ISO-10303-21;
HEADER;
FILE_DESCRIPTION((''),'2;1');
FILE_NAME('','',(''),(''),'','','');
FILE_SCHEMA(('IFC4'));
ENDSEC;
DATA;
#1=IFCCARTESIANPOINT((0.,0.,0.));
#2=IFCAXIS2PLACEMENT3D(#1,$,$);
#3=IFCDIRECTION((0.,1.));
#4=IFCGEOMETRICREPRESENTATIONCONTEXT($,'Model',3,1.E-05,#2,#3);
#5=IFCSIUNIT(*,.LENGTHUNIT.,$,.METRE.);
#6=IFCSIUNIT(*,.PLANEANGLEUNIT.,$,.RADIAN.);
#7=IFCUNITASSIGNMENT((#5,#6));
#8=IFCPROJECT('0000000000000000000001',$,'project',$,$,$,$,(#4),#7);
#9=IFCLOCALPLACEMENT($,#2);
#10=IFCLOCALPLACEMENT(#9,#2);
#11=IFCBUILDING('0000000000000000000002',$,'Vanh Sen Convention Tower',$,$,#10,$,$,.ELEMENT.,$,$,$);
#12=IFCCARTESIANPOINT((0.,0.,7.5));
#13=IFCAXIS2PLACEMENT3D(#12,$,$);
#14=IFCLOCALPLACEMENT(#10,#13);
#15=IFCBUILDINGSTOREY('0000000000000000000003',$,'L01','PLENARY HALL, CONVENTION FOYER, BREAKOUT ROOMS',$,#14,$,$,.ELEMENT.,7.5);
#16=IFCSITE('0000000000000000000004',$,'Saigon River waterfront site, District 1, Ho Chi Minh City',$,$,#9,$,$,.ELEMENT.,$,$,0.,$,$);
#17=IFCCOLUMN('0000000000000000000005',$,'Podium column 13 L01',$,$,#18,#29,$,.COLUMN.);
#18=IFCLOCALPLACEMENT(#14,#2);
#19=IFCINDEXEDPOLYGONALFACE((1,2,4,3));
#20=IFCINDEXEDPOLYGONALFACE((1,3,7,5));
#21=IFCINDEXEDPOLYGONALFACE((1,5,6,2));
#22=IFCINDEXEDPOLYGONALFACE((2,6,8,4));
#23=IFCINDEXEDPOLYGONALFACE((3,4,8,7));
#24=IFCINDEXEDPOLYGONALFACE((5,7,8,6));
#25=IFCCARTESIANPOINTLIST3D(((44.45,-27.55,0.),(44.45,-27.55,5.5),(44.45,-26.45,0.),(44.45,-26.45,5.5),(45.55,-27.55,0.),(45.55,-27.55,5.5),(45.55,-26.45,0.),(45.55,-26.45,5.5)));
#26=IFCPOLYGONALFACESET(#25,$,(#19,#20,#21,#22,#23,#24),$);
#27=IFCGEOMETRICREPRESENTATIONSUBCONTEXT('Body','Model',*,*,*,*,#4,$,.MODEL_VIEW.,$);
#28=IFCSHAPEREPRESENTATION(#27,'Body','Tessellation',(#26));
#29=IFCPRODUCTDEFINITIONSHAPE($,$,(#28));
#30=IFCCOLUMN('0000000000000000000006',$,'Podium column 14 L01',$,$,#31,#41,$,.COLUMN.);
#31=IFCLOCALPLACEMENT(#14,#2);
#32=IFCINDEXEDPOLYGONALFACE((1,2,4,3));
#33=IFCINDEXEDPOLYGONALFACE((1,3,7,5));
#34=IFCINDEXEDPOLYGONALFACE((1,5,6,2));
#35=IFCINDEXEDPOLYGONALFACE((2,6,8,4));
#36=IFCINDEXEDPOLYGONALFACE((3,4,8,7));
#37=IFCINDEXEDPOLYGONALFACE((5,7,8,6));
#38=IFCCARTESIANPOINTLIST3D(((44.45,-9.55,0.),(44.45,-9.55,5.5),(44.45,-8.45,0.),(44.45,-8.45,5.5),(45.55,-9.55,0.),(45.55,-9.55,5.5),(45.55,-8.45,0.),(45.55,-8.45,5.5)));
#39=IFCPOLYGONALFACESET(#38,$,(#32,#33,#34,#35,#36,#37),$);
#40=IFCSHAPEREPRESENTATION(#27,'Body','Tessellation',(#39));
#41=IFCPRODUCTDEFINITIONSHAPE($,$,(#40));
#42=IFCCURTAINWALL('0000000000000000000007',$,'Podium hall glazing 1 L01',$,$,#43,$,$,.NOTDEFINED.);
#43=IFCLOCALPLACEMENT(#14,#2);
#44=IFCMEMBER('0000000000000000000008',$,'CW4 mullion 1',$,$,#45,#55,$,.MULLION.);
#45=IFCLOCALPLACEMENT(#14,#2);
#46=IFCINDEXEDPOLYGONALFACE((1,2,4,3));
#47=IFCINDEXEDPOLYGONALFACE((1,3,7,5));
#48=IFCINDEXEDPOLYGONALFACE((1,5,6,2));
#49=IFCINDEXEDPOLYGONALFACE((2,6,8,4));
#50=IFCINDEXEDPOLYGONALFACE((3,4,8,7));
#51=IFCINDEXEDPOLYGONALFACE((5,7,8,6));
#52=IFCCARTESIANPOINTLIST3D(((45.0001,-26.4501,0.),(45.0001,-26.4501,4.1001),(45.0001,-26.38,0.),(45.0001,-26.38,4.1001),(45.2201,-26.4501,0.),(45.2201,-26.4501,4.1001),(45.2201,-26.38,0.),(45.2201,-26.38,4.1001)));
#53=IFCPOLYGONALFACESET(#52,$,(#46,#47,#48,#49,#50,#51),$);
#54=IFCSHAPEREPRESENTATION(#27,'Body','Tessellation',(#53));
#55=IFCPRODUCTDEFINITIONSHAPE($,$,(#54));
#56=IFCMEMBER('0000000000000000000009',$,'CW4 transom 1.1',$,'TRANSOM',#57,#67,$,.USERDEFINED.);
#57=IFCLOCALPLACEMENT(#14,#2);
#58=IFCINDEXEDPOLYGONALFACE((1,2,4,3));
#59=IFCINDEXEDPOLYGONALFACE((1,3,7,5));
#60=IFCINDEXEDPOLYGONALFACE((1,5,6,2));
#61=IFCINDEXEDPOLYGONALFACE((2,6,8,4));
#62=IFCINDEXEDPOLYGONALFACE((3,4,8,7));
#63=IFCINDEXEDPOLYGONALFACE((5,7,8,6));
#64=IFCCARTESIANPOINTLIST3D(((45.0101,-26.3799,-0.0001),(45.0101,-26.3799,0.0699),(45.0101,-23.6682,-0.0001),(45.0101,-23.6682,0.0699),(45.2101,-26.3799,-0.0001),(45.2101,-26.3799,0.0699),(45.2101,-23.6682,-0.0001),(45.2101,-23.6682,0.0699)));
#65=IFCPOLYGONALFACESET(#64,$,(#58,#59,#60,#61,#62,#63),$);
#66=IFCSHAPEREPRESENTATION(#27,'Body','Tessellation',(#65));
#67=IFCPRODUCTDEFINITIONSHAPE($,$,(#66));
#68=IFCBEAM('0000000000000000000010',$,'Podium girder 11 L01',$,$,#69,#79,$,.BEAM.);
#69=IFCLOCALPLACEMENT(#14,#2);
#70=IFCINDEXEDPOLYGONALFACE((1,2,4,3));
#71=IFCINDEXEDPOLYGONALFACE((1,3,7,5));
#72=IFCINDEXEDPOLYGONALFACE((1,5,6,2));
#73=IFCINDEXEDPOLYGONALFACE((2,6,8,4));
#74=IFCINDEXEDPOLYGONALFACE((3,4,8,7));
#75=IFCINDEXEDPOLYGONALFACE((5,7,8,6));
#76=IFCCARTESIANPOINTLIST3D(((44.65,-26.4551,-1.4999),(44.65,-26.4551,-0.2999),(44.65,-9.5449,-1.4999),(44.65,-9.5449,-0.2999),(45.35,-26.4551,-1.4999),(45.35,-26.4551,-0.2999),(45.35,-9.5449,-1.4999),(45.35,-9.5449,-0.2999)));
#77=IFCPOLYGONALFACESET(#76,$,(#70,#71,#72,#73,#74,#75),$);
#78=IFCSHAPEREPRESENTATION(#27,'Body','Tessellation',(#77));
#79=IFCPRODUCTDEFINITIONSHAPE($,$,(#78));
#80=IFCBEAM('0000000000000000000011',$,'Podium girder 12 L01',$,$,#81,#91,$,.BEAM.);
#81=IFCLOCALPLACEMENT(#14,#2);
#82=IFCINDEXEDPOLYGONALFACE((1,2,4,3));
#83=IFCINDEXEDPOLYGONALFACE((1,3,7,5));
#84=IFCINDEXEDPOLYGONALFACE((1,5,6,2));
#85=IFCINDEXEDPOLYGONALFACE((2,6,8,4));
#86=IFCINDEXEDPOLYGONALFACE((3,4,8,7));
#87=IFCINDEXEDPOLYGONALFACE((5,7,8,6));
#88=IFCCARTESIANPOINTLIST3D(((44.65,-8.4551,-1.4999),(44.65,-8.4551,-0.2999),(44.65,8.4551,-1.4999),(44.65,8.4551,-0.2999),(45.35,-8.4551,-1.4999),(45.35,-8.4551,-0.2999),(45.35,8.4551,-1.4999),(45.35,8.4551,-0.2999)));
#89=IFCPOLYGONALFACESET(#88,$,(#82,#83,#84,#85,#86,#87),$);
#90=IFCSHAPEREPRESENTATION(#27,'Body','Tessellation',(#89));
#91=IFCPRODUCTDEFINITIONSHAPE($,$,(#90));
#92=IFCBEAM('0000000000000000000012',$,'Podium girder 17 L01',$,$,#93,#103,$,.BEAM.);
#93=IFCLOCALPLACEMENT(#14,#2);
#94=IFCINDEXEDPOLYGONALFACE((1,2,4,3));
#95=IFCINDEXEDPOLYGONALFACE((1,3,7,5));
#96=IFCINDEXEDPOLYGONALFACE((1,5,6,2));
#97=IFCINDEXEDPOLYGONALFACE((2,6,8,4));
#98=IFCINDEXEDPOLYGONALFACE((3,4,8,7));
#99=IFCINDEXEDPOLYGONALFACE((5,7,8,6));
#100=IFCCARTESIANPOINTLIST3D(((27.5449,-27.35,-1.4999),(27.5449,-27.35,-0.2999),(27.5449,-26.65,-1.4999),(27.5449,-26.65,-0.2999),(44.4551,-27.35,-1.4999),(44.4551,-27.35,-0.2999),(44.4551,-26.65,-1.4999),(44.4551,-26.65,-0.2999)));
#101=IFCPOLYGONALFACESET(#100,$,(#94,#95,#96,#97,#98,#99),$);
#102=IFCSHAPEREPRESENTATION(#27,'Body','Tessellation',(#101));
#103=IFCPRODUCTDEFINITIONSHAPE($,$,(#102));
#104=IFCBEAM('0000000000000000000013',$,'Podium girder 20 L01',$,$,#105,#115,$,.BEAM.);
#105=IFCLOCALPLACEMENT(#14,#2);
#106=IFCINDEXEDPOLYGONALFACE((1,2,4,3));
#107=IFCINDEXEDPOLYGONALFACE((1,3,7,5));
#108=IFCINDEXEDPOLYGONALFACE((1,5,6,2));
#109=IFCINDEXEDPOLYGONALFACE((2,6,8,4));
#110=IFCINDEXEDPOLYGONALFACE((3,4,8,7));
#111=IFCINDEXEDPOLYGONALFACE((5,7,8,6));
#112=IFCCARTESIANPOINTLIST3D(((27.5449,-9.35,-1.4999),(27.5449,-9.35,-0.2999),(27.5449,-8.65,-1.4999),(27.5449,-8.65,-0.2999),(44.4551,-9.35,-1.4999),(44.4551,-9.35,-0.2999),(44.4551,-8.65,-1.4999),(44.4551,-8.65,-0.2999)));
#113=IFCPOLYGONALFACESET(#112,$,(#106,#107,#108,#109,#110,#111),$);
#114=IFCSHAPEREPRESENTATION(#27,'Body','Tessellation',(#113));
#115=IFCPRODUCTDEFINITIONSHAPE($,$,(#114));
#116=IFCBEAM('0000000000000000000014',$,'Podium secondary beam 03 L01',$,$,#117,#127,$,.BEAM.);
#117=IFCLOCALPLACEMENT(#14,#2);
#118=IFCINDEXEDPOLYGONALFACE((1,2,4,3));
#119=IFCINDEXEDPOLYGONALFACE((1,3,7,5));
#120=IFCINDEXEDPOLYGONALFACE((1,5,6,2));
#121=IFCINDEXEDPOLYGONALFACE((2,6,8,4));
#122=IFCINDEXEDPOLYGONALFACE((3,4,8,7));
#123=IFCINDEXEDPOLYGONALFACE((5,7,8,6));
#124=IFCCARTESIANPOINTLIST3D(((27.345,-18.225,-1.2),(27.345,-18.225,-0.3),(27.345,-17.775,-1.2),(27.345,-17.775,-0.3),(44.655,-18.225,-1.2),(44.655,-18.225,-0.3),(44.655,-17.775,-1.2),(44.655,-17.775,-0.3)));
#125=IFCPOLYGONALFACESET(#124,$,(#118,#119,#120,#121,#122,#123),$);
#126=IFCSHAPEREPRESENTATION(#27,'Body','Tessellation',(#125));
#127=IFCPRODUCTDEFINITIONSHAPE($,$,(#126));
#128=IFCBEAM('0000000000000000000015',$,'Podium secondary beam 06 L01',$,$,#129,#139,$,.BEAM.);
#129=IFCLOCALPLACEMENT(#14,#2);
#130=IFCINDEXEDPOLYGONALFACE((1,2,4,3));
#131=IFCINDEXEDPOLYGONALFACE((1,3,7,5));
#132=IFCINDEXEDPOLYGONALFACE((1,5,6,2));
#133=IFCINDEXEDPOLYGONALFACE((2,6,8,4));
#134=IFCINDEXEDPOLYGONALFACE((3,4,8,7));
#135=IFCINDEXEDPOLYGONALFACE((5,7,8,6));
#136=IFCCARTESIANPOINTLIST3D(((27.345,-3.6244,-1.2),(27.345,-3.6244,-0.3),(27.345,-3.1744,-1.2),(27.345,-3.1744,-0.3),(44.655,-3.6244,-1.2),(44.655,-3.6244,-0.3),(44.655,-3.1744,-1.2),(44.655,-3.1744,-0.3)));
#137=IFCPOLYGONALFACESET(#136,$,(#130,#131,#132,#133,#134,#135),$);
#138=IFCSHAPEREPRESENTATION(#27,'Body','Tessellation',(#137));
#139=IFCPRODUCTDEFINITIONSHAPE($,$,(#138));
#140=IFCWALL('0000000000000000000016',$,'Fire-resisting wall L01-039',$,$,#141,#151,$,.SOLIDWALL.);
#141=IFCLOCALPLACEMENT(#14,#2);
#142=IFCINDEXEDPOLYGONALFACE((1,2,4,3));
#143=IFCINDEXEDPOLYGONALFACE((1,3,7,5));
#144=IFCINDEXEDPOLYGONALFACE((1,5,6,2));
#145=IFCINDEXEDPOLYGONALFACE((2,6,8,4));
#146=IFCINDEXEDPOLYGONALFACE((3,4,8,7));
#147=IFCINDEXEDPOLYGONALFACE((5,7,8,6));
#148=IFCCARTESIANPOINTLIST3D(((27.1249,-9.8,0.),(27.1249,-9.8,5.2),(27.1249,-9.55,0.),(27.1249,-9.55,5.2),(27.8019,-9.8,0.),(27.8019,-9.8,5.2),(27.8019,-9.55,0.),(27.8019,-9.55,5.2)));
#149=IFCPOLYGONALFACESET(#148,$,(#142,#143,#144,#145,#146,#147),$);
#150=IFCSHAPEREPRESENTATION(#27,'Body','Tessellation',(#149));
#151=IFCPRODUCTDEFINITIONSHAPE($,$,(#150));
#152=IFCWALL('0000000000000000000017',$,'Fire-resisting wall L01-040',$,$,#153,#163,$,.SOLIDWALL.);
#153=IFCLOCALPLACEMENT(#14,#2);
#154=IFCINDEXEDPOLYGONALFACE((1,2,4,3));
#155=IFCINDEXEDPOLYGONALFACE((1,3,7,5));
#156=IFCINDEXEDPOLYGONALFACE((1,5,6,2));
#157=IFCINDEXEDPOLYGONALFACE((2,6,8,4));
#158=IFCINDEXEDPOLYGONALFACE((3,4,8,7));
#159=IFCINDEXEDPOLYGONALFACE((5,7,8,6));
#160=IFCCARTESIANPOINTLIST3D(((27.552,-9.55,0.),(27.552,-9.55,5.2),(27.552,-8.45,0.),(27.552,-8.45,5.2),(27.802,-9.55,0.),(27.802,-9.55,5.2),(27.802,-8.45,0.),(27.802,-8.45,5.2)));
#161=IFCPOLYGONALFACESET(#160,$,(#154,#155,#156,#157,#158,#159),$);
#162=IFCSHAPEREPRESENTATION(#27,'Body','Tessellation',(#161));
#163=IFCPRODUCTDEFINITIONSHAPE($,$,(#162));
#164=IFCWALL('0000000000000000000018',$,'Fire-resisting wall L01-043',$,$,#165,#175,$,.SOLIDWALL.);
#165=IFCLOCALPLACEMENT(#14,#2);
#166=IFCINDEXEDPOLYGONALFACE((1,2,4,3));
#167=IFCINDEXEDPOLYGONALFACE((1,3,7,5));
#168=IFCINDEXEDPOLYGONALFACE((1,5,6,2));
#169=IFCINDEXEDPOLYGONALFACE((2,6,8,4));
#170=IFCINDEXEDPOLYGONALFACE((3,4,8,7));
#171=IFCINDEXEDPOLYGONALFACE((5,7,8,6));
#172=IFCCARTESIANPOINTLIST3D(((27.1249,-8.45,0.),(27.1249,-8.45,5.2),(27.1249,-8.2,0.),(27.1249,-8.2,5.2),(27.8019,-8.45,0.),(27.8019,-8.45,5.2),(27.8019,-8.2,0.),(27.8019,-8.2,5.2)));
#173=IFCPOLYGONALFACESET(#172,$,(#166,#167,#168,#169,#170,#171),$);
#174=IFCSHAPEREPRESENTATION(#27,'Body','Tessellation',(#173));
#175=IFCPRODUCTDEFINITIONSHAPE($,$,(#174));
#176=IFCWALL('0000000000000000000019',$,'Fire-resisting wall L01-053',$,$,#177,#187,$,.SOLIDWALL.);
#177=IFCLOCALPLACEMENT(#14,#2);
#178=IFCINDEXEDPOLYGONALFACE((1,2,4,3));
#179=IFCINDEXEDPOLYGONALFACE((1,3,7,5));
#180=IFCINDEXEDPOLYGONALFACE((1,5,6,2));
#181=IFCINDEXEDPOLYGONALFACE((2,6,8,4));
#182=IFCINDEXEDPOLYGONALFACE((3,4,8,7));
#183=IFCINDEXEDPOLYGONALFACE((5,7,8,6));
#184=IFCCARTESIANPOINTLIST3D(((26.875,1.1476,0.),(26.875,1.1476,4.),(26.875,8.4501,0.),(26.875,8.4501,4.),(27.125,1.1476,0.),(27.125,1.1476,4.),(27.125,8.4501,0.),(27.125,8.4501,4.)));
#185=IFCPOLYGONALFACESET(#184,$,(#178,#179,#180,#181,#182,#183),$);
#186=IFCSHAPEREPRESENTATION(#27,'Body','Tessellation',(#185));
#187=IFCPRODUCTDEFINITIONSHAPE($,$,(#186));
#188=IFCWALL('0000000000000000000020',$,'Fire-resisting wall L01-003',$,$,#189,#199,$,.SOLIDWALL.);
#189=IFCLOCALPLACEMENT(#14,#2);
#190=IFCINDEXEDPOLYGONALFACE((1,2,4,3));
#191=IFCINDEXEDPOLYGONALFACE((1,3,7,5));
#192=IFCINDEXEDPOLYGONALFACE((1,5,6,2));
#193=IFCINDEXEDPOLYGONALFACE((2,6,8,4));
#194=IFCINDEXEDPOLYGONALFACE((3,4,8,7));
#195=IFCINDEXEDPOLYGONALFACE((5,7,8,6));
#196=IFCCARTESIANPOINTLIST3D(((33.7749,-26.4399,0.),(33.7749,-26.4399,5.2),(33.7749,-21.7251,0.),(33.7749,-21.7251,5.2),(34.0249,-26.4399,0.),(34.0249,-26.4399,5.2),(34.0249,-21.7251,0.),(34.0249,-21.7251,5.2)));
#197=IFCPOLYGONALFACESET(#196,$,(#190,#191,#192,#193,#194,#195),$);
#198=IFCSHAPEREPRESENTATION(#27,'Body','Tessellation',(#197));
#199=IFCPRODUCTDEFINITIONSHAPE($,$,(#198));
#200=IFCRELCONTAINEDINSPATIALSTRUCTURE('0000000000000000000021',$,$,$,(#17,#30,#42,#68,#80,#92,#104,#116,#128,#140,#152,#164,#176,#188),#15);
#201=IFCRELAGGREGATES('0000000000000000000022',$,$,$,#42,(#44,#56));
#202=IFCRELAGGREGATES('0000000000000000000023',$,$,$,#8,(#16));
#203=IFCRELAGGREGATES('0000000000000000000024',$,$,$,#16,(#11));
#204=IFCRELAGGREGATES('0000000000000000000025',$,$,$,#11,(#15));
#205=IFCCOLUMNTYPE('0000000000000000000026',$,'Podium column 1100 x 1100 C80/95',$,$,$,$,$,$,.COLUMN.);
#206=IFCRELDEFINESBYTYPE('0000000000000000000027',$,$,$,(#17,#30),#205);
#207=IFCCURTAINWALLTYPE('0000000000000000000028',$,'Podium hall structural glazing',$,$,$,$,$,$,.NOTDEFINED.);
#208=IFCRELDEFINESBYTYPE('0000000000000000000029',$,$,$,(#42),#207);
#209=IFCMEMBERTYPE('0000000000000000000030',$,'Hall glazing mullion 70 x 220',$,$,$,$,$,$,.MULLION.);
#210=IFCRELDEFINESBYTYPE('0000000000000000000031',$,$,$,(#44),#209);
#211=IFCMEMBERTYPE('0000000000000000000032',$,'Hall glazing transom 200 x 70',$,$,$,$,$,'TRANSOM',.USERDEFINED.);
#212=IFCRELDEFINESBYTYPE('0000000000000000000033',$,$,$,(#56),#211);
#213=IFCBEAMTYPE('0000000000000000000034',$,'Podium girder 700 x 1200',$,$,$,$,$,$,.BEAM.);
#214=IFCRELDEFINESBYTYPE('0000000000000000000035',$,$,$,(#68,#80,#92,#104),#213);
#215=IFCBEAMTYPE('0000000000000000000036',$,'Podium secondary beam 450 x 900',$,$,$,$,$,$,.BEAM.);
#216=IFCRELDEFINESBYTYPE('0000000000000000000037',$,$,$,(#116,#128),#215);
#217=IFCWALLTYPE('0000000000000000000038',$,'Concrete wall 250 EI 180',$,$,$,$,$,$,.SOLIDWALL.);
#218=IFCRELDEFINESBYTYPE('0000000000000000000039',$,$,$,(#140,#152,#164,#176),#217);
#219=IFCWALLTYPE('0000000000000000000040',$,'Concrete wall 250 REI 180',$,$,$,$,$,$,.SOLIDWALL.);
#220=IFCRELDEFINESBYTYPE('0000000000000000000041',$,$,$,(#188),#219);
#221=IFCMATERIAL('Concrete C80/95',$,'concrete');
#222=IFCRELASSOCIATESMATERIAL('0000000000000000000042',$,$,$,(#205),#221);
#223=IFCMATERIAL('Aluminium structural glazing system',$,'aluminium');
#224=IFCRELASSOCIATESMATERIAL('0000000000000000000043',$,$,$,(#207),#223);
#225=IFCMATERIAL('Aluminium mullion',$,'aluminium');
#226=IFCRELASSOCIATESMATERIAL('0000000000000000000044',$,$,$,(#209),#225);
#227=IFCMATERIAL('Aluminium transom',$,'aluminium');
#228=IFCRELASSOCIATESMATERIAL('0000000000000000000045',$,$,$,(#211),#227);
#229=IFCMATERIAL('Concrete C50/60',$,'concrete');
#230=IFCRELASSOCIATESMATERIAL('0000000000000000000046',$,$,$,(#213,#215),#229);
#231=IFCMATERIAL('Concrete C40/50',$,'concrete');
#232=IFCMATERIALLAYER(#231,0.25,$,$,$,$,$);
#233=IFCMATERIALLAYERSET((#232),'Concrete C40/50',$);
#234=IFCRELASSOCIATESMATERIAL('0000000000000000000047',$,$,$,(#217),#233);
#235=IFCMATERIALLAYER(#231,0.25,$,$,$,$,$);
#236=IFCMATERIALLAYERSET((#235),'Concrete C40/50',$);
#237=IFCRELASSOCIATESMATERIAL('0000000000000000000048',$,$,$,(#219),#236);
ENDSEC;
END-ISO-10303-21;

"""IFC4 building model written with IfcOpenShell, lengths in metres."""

from ifc_helpers import new_model, si_unit, direction, frame, frame_2d, origin, origin_2d, place, context, subcontext, project, spatial, rectangle, extrude, material, layer, layer_set, material_profile, profile_set, type_object, element, aggregate, save


model = new_model("IFC4")

# Units and contexts
model_context = context("Model", 3, precision=1e-05, world=origin(), true_north=direction((0.0, 1.0)))
body_context = subcontext(model_context, "Body", "Model", "MODEL_VIEW")
ifc_project = project(units=[si_unit("LENGTHUNIT", "METRE"), si_unit("PLANEANGLEUNIT", "RADIAN")], contexts=[model_context])

# Site, building, storey
site_placement = place(None, origin())
site = spatial("IfcSite", under=ifc_project, at=site_placement, Name="Saigon River waterfront site, District 1, Ho Chi Minh City", CompositionType="ELEMENT", RefElevation=0.0)
building_placement = place(site_placement, origin())
building = spatial("IfcBuilding", under=site, at=building_placement, Name="Vanh Sen Convention Tower", CompositionType="ELEMENT")
storey_placement = place(building_placement, frame((0.0, 0.0, 7.5)))
storey = spatial("IfcBuildingStorey", under=building, at=storey_placement, Name="L01", Description="PLENARY HALL, CONVENTION FOYER, BREAKOUT ROOMS", CompositionType="ELEMENT", Elevation=7.5)

# Columns
ifc_material_1 = material(Name="Concrete C80/95", Category="concrete")
ifc_material_profile_1 = material_profile(ifc_material_1, rectangle(XDim=1.1001, YDim=1.1001, at=origin_2d()), Name="RC 1100X1100")
ifc_profile_set_1 = profile_set([ifc_material_profile_1], Name="Concrete C80/95")
column_type = type_object("IfcColumnType", Name="Podium column 1100 x 1100 C80/95", PredefinedType="COLUMN", material=ifc_profile_set_1)
for number, where, z_axis, x_axis, name in (
    (1, (45.0, -27.0, 0.0), (0.0, 0.0, 1.0), (1.0, 0.0, 0.0), "Podium column 13 L01"),
    (2, (45.0, -9.0, 0.0), (0.0, 0.0, 1.0), (1.0, 0.0, 0.0), "Podium column 14 L01"),
):
    element("IfcColumn", number, at=place(storey_placement, frame(where, z_axis=z_axis, x_axis=x_axis)), inside=storey, type_object=column_type, Name=name, PredefinedType="COLUMN", context=body_context, shape_type="SweptSolid", body=[
        extrude(rectangle(XDim=1.1001, YDim=1.1001, at=origin_2d()), origin(), (0.0, 0.0, 1.0), 5.5),
    ])

# Curtain wall, members
ifc_material_2 = material(Name="Aluminium structural glazing system", Category="aluminium")
curtain_wall_type = type_object("IfcCurtainWallType", Name="Podium hall structural glazing", PredefinedType="NOTDEFINED", material=ifc_material_2)
curtain_wall_placement = place(storey_placement, origin())
curtain_wall = element("IfcCurtainWall", 3, at=curtain_wall_placement, inside=storey, type_object=curtain_wall_type, Name="Podium hall glazing 1 L01", PredefinedType="NOTDEFINED")
ifc_material_3 = material(Name="Aluminium mullion", Category="aluminium")
ifc_material_profile_2 = material_profile(ifc_material_3, rectangle(XDim=0.22, YDim=0.0701, at=origin_2d()), Name="Hall glazing mullion 70 x 220")
ifc_profile_set_2 = profile_set([ifc_material_profile_2], Name="Aluminium mullion")
member_type_1 = type_object("IfcMemberType", Name="Hall glazing mullion 70 x 220", PredefinedType="MULLION", material=ifc_profile_set_2)
member_1_placement = place(storey_placement, frame((45.1101, -26.415, 0.0), z_axis=(0.0, 0.0, 1.0), x_axis=(-1.0, 0.0, 0.0)))
member_1 = element("IfcMember", 4, at=member_1_placement, type_object=member_type_1, Name="CW4 mullion 1", PredefinedType="MULLION", context=body_context, shape_type="SweptSolid", body=[
    extrude(rectangle(XDim=0.22, YDim=0.0701, at=origin_2d()), origin(), (0.0, 0.0, 1.0), 4.1001),
])
ifc_material_4 = material(Name="Aluminium transom", Category="aluminium")
ifc_material_profile_3 = material_profile(ifc_material_4, rectangle(XDim=0.2, YDim=0.0701, at=origin_2d()), Name="Hall glazing transom 200 x 70")
ifc_profile_set_3 = profile_set([ifc_material_profile_3], Name="Aluminium transom")
member_type_2 = type_object("IfcMemberType", Name="Hall glazing transom 200 x 70", ElementType="TRANSOM", PredefinedType="USERDEFINED", material=ifc_profile_set_3)
member_2_placement = place(storey_placement, frame((45.1101, -26.3799, 0.0349), z_axis=(0.0, 1.0, 0.0), x_axis=(-1.0, 0.0, 0.0)))
member_2 = element("IfcMember", 5, at=member_2_placement, type_object=member_type_2, Name="CW4 transom 1.1", ObjectType="TRANSOM", PredefinedType="USERDEFINED", context=body_context, shape_type="SweptSolid", body=[
    extrude(rectangle(XDim=0.2, YDim=0.0701, at=origin_2d()), origin(), (0.0, 0.0, 1.0), 2.7117),
])
aggregate(curtain_wall, [member_1, member_2])

# Beams
ifc_material_5 = material(Name="Concrete C50/60", Category="concrete")
ifc_material_profile_4 = material_profile(ifc_material_5, rectangle(XDim=0.7, YDim=1.2, at=origin_2d()), Name="RC 700X1200")
ifc_profile_set_4 = profile_set([ifc_material_profile_4], Name="Concrete C50/60")
beam_type_1 = type_object("IfcBeamType", Name="Podium girder 700 x 1200", PredefinedType="BEAM", material=ifc_profile_set_4)
for number, where, z_axis, x_axis, name in (
    (6, (45.0, -26.4551, -0.8999), (0.0, 1.0, 0.0), (-1.0, 0.0, 0.0), "Podium girder 11 L01"),
    (7, (45.0, -8.4551, -0.8999), (0.0, 1.0, 0.0), (-1.0, 0.0, 0.0), "Podium girder 12 L01"),
    (8, (27.5449, -27.0, -0.8999), (1.0, 0.0, 0.0), (0.0, 1.0, 0.0), "Podium girder 17 L01"),
    (9, (27.5449, -9.0, -0.8999), (1.0, 0.0, 0.0), (0.0, 1.0, 0.0), "Podium girder 20 L01"),
):
    element("IfcBeam", number, at=place(storey_placement, frame(where, z_axis=z_axis, x_axis=x_axis)), inside=storey, type_object=beam_type_1, Name=name, PredefinedType="BEAM", context=body_context, shape_type="SweptSolid", body=[
        extrude(rectangle(XDim=0.7, YDim=1.2, at=origin_2d()), origin(), (0.0, 0.0, 1.0), 16.9102),
    ])
ifc_material_profile_5 = material_profile(ifc_material_5, rectangle(XDim=0.45, YDim=0.8999, at=origin_2d()), Name="RC 450X900")
ifc_profile_set_5 = profile_set([ifc_material_profile_5], Name="Concrete C50/60")
beam_type_2 = type_object("IfcBeamType", Name="Podium secondary beam 450 x 900", PredefinedType="BEAM", material=ifc_profile_set_5)
for number, where, z_axis, x_axis, name in (
    (10, (27.345, -18.0, -0.75), (1.0, 0.0, 0.0), (0.0, 1.0, 0.0), "Podium secondary beam 03 L01"),
    (11, (27.345, -3.3994, -0.75), (1.0, 0.0, 0.0), (0.0, 1.0, 0.0), "Podium secondary beam 06 L01"),
):
    element("IfcBeam", number, at=place(storey_placement, frame(where, z_axis=z_axis, x_axis=x_axis)), inside=storey, type_object=beam_type_2, Name=name, PredefinedType="BEAM", context=body_context, shape_type="SweptSolid", body=[
        extrude(rectangle(XDim=0.45, YDim=0.8999, at=origin_2d()), origin(), (0.0, 0.0, 1.0), 17.3101),
    ])

# Walls
ifc_material_6 = material(Name="Concrete C40/50", Category="concrete")
ifc_layer_1 = layer(ifc_material_6, 0.25)
ifc_layer_set_1 = layer_set([ifc_layer_1], Name="Concrete C40/50")
wall_type_1 = type_object("IfcWallType", Name="Concrete wall 250 EI 180", PredefinedType="SOLIDWALL", material=ifc_layer_set_1)
wall_1_placement = place(storey_placement, frame((27.125, -9.675, 0.0), z_axis=(0.0, 0.0, 1.0), x_axis=(1.0, 0.0, 0.0)))
element("IfcWall", 12, at=wall_1_placement, inside=storey, type_object=wall_type_1, Name="Fire-resisting wall L01-039", PredefinedType="SOLIDWALL", context=body_context, shape_type="SweptSolid", body=[
    extrude(rectangle(XDim=0.677, YDim=0.25, at=frame_2d((0.3384, 0.0))), origin(), (0.0, 0.0, 1.0), 5.2),
])
wall_2_placement = place(storey_placement, frame((27.677, -9.55, 0.0), z_axis=(0.0, 0.0, 1.0), x_axis=(0.0, 1.0, 0.0)))
element("IfcWall", 13, at=wall_2_placement, inside=storey, type_object=wall_type_1, Name="Fire-resisting wall L01-040", PredefinedType="SOLIDWALL", context=body_context, shape_type="SweptSolid", body=[
    extrude(rectangle(XDim=1.1001, YDim=0.25, at=frame_2d((0.55, 0.0))), origin(), (0.0, 0.0, 1.0), 5.2),
])

# Walls
wall_3_placement = place(storey_placement, frame((27.125, -8.325, 0.0), z_axis=(0.0, 0.0, 1.0), x_axis=(1.0, 0.0, 0.0)))
element("IfcWall", 14, at=wall_3_placement, inside=storey, type_object=wall_type_1, Name="Fire-resisting wall L01-043", PredefinedType="SOLIDWALL", context=body_context, shape_type="SweptSolid", body=[
    extrude(rectangle(XDim=0.677, YDim=0.25, at=frame_2d((0.3384, 0.0))), origin(), (0.0, 0.0, 1.0), 5.2),
])
wall_4_placement = place(storey_placement, frame((27.0, 1.1475, 0.0), z_axis=(0.0, 0.0, 1.0), x_axis=(0.0, 1.0, 0.0)))
element("IfcWall", 15, at=wall_4_placement, inside=storey, type_object=wall_type_1, Name="Fire-resisting wall L01-053", PredefinedType="SOLIDWALL", context=body_context, shape_type="SweptSolid", body=[
    extrude(rectangle(XDim=7.3025, YDim=0.25, at=frame_2d((3.6514, 0.0))), origin(), (0.0, 0.0, 1.0), 4.0),
])
ifc_layer_2 = layer(ifc_material_6, 0.25)
ifc_layer_set_2 = layer_set([ifc_layer_2], Name="Concrete C40/50")
wall_type_2 = type_object("IfcWallType", Name="Concrete wall 250 REI 180", PredefinedType="SOLIDWALL", material=ifc_layer_set_2)
wall_5_placement = place(storey_placement, frame((33.8999, -26.4399, 0.0), z_axis=(0.0, 0.0, 1.0), x_axis=(0.0, 1.0, 0.0)))
element("IfcWall", 16, at=wall_5_placement, inside=storey, type_object=wall_type_2, Name="Fire-resisting wall L01-003", PredefinedType="SOLIDWALL", context=body_context, shape_type="SweptSolid", body=[
    extrude(rectangle(XDim=4.7148, YDim=0.25, at=frame_2d((2.3574, 0.0))), origin(), (0.0, 0.0, 1.0), 5.2),
])

save(model, "model.ifc")
